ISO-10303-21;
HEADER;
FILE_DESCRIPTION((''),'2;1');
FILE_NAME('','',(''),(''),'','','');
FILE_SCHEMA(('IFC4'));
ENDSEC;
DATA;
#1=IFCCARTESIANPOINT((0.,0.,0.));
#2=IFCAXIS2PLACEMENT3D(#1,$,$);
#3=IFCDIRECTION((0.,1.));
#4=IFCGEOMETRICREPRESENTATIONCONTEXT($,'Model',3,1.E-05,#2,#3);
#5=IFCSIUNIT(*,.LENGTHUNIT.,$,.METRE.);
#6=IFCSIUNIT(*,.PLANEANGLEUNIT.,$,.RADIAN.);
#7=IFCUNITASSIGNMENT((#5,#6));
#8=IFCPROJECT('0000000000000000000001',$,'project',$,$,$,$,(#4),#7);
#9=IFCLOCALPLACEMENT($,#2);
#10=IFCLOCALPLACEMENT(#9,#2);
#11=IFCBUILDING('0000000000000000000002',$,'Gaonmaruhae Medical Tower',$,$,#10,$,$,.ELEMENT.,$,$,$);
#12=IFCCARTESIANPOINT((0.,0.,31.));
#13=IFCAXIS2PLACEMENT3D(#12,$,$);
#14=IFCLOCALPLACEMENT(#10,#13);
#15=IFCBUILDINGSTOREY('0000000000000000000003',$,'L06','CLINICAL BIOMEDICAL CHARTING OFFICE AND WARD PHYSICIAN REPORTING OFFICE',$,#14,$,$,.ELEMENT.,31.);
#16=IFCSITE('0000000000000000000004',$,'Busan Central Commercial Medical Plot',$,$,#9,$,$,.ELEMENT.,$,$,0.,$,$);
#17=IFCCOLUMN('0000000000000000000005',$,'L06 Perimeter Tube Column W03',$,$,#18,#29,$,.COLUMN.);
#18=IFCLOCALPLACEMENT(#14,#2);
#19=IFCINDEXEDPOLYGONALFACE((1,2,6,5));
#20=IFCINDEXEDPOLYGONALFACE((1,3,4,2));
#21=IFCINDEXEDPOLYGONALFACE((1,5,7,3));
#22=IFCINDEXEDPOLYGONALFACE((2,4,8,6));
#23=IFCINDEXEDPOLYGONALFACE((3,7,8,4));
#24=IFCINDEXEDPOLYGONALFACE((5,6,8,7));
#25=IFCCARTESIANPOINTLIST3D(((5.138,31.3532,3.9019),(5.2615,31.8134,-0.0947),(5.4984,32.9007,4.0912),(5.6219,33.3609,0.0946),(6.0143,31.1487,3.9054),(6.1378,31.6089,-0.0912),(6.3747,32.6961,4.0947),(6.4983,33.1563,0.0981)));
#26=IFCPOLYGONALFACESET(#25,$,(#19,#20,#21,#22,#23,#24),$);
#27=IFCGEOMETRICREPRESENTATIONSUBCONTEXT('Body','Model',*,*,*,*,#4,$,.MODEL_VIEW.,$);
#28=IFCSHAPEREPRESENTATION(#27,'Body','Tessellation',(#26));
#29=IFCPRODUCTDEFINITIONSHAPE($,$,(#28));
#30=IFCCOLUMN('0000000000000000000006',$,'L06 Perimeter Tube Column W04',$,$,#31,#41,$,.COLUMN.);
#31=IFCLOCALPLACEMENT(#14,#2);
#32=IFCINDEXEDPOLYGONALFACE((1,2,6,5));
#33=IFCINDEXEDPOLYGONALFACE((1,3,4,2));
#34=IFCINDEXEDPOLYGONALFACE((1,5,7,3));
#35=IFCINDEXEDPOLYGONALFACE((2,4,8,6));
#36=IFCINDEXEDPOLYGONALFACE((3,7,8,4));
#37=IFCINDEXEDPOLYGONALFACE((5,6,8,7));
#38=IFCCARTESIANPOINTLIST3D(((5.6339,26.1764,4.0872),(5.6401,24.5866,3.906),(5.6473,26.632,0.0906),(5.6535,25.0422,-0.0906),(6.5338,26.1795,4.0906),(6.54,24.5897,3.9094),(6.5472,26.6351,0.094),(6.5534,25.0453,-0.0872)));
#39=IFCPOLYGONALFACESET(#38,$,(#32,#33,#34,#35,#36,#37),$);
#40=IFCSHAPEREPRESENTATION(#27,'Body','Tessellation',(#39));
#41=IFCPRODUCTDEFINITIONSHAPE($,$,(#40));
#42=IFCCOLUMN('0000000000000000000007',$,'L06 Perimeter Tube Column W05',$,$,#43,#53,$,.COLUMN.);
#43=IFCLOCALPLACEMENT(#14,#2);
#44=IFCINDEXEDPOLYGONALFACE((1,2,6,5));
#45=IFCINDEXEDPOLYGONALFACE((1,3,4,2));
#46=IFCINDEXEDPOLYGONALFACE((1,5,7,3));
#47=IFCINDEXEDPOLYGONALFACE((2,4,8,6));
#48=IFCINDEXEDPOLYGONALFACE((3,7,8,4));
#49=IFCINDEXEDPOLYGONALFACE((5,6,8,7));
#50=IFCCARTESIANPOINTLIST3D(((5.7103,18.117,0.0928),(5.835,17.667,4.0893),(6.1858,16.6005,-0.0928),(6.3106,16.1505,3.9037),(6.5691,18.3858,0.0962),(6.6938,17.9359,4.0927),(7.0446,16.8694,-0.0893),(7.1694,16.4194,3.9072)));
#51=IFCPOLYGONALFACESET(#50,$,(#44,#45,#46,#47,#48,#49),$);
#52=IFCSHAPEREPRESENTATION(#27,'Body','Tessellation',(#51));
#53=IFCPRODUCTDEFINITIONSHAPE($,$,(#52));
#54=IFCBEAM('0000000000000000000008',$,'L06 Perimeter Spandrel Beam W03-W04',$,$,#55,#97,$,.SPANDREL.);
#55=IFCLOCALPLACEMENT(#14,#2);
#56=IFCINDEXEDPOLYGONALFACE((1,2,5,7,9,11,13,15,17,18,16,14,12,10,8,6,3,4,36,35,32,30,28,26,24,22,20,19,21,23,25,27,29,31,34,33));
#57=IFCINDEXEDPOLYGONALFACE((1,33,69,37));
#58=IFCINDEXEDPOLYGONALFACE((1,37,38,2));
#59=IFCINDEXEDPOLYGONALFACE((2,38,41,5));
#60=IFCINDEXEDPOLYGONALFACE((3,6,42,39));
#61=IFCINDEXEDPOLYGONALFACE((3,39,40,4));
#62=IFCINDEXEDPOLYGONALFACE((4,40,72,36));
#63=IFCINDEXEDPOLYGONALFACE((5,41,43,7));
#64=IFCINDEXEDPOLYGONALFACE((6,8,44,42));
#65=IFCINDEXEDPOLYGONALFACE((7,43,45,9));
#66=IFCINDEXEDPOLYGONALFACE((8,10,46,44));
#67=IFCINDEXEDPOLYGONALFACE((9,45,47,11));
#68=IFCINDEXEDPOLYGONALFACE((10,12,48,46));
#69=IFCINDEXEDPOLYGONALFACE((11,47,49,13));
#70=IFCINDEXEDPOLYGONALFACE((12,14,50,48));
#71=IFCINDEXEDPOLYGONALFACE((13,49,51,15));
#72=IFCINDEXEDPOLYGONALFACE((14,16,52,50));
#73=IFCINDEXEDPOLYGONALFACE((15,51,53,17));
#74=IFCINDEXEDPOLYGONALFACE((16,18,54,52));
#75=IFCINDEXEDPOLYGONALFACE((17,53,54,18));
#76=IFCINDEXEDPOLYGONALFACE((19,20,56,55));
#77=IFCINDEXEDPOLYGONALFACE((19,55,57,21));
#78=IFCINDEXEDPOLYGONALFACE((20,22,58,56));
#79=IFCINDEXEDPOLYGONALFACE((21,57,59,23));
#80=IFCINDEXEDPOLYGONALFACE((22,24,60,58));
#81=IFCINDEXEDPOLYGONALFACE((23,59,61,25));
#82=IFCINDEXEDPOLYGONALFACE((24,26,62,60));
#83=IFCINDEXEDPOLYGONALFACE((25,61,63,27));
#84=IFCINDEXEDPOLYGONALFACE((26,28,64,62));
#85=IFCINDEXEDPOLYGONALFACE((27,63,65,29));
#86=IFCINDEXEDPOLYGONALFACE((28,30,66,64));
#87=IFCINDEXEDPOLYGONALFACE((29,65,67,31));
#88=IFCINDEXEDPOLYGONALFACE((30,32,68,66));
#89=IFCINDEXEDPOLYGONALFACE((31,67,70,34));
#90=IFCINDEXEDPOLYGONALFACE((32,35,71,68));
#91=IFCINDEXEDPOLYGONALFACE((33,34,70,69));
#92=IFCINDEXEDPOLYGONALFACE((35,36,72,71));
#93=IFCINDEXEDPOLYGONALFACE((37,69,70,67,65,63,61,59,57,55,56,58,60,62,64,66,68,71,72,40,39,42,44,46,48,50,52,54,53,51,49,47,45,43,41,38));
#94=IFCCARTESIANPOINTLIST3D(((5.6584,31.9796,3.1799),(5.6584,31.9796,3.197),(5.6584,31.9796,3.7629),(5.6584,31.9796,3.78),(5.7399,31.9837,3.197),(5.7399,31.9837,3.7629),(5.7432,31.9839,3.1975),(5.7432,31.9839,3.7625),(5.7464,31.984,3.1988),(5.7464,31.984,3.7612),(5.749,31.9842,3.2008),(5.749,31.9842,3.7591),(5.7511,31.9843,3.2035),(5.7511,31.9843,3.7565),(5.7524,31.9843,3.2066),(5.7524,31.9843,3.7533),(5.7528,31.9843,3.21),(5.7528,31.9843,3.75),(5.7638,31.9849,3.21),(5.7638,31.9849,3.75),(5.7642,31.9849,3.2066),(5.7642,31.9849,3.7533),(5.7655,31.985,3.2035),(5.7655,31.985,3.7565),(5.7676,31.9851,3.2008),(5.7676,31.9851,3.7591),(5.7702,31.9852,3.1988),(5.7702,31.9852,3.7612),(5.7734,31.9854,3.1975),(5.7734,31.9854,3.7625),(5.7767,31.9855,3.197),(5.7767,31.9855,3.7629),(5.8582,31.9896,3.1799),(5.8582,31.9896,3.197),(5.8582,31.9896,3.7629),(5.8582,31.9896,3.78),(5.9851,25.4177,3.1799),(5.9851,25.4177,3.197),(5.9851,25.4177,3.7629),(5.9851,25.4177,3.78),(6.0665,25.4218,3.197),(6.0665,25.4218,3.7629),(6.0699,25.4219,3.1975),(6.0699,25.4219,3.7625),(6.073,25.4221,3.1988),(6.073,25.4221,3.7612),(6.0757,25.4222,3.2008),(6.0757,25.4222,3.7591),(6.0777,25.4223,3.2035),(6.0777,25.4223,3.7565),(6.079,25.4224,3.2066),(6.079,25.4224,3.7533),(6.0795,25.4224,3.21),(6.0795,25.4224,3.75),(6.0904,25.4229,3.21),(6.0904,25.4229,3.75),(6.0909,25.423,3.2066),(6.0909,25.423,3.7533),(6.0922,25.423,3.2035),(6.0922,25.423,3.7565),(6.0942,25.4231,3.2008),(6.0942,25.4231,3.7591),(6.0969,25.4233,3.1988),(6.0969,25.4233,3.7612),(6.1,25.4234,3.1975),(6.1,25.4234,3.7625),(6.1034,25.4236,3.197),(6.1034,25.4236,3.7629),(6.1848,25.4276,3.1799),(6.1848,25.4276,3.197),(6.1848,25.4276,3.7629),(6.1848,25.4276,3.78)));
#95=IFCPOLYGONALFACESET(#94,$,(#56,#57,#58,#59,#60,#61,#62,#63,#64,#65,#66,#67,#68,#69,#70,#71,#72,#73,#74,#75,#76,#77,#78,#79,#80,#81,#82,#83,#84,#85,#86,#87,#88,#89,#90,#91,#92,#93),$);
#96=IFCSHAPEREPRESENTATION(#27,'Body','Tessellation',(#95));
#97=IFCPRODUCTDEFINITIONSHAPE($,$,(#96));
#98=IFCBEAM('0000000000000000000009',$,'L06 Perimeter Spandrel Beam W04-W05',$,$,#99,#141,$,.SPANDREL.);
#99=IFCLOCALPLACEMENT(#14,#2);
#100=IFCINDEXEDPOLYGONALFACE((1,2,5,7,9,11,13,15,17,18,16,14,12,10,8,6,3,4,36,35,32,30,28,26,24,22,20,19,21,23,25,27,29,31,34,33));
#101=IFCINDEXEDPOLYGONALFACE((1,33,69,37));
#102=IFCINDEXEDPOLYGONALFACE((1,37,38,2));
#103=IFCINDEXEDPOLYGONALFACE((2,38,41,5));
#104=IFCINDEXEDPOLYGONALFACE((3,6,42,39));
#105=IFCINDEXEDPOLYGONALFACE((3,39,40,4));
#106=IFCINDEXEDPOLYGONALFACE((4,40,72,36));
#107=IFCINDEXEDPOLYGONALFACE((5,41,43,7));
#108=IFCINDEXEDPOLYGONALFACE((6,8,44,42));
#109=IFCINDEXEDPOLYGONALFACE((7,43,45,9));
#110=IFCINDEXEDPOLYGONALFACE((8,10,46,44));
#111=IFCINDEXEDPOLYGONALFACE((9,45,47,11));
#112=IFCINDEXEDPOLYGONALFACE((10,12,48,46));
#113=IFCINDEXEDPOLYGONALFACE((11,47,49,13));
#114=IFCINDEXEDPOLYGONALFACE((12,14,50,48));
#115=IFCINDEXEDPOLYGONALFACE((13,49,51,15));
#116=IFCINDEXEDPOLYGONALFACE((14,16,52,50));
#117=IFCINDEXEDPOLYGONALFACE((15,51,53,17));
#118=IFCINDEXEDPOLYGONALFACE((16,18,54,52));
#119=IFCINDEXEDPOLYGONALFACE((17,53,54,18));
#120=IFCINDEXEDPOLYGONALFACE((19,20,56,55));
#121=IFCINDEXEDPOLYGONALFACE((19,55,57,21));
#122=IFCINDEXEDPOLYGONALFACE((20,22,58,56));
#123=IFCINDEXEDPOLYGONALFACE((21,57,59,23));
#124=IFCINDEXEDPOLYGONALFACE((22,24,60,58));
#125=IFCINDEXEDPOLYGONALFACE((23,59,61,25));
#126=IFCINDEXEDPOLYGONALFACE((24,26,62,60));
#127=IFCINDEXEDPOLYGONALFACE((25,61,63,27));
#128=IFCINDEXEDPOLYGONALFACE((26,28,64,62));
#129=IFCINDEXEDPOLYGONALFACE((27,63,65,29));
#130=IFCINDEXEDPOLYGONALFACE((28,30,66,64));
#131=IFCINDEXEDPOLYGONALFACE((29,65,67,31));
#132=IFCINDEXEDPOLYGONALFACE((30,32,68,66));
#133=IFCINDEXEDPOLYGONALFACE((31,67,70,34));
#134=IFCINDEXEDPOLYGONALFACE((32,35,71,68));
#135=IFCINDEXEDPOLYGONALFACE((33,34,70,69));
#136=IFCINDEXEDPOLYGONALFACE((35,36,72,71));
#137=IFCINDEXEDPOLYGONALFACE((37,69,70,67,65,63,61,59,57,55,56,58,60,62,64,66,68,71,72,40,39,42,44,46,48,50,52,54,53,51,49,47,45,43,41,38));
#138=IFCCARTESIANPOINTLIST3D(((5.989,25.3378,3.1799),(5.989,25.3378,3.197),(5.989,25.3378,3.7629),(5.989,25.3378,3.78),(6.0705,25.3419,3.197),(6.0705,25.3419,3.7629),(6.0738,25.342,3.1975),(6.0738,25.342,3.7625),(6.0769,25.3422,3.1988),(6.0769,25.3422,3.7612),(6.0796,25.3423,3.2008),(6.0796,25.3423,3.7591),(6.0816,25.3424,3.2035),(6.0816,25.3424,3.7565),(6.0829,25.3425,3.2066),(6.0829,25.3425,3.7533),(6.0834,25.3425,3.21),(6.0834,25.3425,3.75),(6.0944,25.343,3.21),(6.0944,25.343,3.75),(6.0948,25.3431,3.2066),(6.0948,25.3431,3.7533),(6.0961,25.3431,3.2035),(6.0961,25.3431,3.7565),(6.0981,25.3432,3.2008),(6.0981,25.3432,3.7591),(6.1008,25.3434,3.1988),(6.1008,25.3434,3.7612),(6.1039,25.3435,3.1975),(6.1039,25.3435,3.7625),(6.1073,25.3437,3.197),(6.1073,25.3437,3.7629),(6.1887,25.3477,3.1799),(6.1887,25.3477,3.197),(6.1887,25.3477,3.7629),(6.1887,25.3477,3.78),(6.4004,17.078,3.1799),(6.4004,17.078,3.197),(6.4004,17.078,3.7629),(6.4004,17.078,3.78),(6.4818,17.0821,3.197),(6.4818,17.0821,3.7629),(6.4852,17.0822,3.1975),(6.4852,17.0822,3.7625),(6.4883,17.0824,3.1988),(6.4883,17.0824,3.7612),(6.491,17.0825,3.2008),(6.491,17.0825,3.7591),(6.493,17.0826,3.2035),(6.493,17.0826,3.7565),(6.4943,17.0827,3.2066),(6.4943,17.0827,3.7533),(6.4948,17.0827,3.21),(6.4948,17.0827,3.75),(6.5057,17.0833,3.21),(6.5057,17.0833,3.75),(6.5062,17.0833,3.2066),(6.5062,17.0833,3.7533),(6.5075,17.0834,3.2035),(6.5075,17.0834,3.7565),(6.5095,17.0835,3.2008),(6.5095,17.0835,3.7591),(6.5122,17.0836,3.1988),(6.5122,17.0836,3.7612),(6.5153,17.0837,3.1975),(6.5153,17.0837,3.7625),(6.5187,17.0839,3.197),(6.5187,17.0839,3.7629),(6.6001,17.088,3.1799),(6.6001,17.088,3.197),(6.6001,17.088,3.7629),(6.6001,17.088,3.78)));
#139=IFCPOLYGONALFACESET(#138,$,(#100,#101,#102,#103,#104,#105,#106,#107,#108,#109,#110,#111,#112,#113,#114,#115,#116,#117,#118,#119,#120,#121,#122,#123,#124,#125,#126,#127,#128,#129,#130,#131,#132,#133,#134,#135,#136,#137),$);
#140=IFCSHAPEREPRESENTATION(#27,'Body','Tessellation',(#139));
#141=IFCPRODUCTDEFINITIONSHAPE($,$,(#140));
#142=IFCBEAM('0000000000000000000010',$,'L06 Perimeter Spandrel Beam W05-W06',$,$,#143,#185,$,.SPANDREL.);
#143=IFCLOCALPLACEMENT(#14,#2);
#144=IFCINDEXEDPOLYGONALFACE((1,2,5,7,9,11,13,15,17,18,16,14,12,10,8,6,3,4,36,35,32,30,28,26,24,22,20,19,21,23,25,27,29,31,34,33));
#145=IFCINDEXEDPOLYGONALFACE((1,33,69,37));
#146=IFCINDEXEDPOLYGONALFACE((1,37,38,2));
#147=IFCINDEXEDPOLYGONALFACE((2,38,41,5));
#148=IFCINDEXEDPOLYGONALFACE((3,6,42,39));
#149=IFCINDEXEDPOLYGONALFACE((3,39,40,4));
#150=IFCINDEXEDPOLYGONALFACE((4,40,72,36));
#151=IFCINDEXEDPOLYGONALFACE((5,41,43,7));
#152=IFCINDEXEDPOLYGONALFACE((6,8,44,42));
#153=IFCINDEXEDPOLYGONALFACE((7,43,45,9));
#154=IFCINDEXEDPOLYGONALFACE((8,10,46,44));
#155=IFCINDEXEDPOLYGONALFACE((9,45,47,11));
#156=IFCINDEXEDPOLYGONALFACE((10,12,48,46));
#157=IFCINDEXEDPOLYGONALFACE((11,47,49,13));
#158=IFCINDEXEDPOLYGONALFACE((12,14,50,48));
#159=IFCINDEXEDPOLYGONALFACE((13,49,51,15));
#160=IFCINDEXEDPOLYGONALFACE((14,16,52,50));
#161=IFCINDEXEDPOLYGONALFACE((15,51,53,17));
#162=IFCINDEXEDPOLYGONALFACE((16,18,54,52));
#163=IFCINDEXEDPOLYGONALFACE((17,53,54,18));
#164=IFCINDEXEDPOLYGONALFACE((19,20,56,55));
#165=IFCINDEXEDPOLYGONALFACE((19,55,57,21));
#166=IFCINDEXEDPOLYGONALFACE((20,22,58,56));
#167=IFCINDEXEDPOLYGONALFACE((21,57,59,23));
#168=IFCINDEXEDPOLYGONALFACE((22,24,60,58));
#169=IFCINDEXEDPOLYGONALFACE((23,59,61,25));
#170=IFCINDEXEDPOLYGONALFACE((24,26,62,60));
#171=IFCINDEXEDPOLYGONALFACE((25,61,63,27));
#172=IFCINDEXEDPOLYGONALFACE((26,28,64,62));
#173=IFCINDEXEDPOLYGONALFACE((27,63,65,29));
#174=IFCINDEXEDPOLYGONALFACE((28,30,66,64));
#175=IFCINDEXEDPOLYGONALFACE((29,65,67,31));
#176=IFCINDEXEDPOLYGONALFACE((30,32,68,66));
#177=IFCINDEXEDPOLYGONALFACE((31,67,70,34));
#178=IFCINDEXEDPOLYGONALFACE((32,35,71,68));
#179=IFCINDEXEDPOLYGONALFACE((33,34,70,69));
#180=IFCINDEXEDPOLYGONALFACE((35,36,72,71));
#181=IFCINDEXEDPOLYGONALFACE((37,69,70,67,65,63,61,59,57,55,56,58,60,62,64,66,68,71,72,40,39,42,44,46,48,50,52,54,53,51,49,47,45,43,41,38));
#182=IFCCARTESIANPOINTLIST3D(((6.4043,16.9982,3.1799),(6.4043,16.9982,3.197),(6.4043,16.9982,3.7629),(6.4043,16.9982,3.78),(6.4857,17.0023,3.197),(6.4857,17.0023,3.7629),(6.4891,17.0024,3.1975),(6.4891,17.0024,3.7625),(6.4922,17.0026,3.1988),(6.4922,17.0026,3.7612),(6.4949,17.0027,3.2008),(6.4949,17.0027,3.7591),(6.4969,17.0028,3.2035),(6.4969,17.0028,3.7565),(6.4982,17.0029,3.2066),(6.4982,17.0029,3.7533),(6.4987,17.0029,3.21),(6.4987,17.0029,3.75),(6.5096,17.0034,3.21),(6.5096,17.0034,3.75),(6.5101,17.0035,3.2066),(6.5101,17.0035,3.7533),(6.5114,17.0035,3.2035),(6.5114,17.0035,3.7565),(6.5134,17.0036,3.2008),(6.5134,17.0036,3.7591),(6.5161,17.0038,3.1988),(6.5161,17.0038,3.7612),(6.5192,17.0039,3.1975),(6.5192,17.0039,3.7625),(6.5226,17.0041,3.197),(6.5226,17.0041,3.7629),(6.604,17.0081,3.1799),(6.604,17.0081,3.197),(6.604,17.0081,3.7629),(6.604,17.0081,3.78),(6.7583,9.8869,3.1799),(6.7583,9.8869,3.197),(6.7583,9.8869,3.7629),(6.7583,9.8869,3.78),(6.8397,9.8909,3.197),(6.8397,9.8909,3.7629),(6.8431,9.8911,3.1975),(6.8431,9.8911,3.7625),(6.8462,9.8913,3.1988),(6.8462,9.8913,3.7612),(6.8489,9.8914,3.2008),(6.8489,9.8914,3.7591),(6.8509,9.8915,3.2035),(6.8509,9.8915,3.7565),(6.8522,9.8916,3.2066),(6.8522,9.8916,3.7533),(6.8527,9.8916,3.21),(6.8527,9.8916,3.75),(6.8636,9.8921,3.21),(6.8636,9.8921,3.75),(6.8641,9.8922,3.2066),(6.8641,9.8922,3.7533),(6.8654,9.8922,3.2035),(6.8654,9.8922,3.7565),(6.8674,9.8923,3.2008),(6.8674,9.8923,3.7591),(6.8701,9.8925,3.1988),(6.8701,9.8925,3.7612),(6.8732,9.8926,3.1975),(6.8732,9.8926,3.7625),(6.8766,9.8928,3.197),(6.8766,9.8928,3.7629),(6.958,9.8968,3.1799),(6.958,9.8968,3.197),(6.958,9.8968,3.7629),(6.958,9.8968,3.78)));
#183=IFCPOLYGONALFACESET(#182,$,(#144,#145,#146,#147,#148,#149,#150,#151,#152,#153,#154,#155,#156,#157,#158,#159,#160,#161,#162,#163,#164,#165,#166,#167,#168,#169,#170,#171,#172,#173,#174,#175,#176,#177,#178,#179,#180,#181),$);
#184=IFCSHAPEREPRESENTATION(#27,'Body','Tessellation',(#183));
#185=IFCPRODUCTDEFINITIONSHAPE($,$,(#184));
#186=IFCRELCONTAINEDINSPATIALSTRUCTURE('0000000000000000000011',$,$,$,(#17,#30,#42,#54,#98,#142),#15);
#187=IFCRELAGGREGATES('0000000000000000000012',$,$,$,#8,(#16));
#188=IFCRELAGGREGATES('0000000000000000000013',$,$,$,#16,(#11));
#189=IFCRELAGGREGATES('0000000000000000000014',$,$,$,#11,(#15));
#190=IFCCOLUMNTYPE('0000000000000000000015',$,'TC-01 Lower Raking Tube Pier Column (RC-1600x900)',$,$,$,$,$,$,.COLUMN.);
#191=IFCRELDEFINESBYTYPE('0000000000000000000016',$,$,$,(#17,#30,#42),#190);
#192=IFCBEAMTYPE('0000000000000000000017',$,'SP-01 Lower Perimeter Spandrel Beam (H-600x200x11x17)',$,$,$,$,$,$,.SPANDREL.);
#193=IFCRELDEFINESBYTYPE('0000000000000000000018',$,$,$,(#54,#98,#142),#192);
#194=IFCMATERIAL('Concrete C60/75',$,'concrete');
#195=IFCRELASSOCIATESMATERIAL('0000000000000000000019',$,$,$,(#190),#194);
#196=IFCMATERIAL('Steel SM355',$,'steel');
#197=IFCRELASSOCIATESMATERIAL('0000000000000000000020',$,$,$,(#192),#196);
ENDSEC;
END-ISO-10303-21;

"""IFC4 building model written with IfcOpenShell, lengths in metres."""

from ifc_helpers import new_model, si_unit, direction, frame, origin, origin_2d, place, context, subcontext, project, spatial, rectangle, i_section, extrude, material, material_profile, profile_set, type_object, element, save


model = new_model("IFC4")

# Units and contexts
model_context = context("Model", 3, precision=1e-05, world=origin(), true_north=direction((0.0, 1.0)))
body_context = subcontext(model_context, "Body", "Model", "MODEL_VIEW")
ifc_project = project(units=[si_unit("LENGTHUNIT", "METRE"), si_unit("PLANEANGLEUNIT", "RADIAN")], contexts=[model_context])

# Site, building, storey
site_placement = place(None, origin())
site = spatial("IfcSite", under=ifc_project, at=site_placement, Name="Busan Central Commercial Medical Plot", CompositionType="ELEMENT", RefElevation=0.0)
building_placement = place(site_placement, origin())
building = spatial("IfcBuilding", under=site, at=building_placement, Name="Gaonmaruhae Medical Tower", CompositionType="ELEMENT")
storey_placement = place(building_placement, frame((0.0, 0.0, 31.0)))
storey = spatial("IfcBuildingStorey", under=building, at=storey_placement, Name="L06", Description="CLINICAL BIOMEDICAL CHARTING OFFICE AND WARD PHYSICIAN REPORTING OFFICE", CompositionType="ELEMENT", Elevation=31.0)

# Columns
ifc_material_1 = material(Name="Concrete C60/75", Category="concrete")
ifc_material_profile_1 = material_profile(ifc_material_1, rectangle(XDim=1.6001, YDim=0.8999, at=origin_2d()), Name="RC-1600x900")
ifc_profile_set_1 = profile_set([ifc_material_profile_1], Name="Concrete C60/75")
column_type = type_object("IfcColumnType", Name="TC-01 Lower Raking Tube Pier Column (RC-1600x900)", PredefinedType="COLUMN", material=ifc_profile_set_1)
column_1_placement = place(storey_placement, frame((5.8799, 32.4849, 0.0017), z_axis=(-0.030693, -0.11434, 0.992967), x_axis=(0.22527, 0.967085, 0.118323)))
element("IfcColumn", 1, at=column_1_placement, inside=storey, type_object=column_type, Name="L06 Perimeter Tube Column W03", PredefinedType="COLUMN", context=body_context, shape_type="SweptSolid", body=[
    extrude(rectangle(XDim=1.6001, YDim=0.8999, at=origin_2d()), origin(), (0.0, 0.0, 1.0), 4.0249),
])
column_2_placement = place(storey_placement, frame((6.1003, 25.8386, 0.0017), z_axis=(-0.003338, -0.113255, 0.99356), x_axis=(-0.003885, 0.99356, 0.113242)))
element("IfcColumn", 2, at=column_2_placement, inside=storey, type_object=column_type, Name="L06 Perimeter Tube Column W04", PredefinedType="COLUMN", context=body_context, shape_type="SweptSolid", body=[
    extrude(rectangle(XDim=1.6001, YDim=0.8999, at=origin_2d()), origin(), (0.0, 0.0, 1.0), 4.0225),
])
column_3_placement = place(storey_placement, frame((6.3774, 17.4932, 0.0017), z_axis=(0.031005, -0.111823, 0.993244), x_axis=(-0.297184, 0.94775, 0.115978)))
element("IfcColumn", 3, at=column_3_placement, inside=storey, type_object=column_type, Name="L06 Perimeter Tube Column W05", PredefinedType="COLUMN", context=body_context, shape_type="SweptSolid", body=[
    extrude(rectangle(XDim=1.6001, YDim=0.8999, at=origin_2d()), origin(), (0.0, 0.0, 1.0), 4.0237),
])

# Beams
ifc_material_2 = material(Name="Steel SM355", Category="steel")
ifc_material_profile_2 = material_profile(ifc_material_2, i_section(OverallWidth=0.2, OverallDepth=0.6001, WebThickness=0.011, FlangeThickness=0.0171, FilletRadius=0.0129, at=origin_2d()), Name="H-600x200x11x17")
ifc_profile_set_2 = profile_set([ifc_material_profile_2], Name="Steel SM355")
beam_type = type_object("IfcBeamType", Name="SP-01 Lower Perimeter Spandrel Beam (H-600x200x11x17)", PredefinedType="SPANDREL", material=ifc_profile_set_2)
beam_1_placement = place(storey_placement, frame((5.7583, 31.9846, 3.48), z_axis=(0.049719, -0.998763, 0.0), x_axis=(0.998763, 0.049719, 0.0)))
element("IfcBeam", 4, at=beam_1_placement, inside=storey, type_object=beam_type, Name="L06 Perimeter Spandrel Beam W03-W04", PredefinedType="SPANDREL", context=body_context, shape_type="SweptSolid", body=[
    extrude(i_section(OverallWidth=0.2, OverallDepth=0.6001, WebThickness=0.011, FlangeThickness=0.0171, FilletRadius=0.0129, at=origin_2d()), origin(), (0.0, 0.0, 1.0), 6.5701),
])
beam_2_placement = place(storey_placement, frame((6.0889, 25.3428, 3.48), z_axis=(0.049743, -0.998762, 0.0), x_axis=(0.998762, 0.049743, 0.0)))
element("IfcBeam", 5, at=beam_2_placement, inside=storey, type_object=beam_type, Name="L06 Perimeter Spandrel Beam W04-W05", PredefinedType="SPANDREL", context=body_context, shape_type="SweptSolid", body=[
    extrude(i_section(OverallWidth=0.2, OverallDepth=0.6001, WebThickness=0.011, FlangeThickness=0.0171, FilletRadius=0.0129, at=origin_2d()), origin(), (0.0, 0.0, 1.0), 8.27),
])
beam_3_placement = place(storey_placement, frame((6.5042, 17.0032, 3.48), z_axis=(0.049719, -0.998763, 0.0), x_axis=(0.998763, 0.049719, 0.0)))
element("IfcBeam", 6, at=beam_3_placement, inside=storey, type_object=beam_type, Name="L06 Perimeter Spandrel Beam W05-W06", PredefinedType="SPANDREL", context=body_context, shape_type="SweptSolid", body=[
    extrude(i_section(OverallWidth=0.2, OverallDepth=0.6001, WebThickness=0.011, FlangeThickness=0.0171, FilletRadius=0.0129, at=origin_2d()), origin(), (0.0, 0.0, 1.0), 7.1201),
])

save(model, "model.ifc")
